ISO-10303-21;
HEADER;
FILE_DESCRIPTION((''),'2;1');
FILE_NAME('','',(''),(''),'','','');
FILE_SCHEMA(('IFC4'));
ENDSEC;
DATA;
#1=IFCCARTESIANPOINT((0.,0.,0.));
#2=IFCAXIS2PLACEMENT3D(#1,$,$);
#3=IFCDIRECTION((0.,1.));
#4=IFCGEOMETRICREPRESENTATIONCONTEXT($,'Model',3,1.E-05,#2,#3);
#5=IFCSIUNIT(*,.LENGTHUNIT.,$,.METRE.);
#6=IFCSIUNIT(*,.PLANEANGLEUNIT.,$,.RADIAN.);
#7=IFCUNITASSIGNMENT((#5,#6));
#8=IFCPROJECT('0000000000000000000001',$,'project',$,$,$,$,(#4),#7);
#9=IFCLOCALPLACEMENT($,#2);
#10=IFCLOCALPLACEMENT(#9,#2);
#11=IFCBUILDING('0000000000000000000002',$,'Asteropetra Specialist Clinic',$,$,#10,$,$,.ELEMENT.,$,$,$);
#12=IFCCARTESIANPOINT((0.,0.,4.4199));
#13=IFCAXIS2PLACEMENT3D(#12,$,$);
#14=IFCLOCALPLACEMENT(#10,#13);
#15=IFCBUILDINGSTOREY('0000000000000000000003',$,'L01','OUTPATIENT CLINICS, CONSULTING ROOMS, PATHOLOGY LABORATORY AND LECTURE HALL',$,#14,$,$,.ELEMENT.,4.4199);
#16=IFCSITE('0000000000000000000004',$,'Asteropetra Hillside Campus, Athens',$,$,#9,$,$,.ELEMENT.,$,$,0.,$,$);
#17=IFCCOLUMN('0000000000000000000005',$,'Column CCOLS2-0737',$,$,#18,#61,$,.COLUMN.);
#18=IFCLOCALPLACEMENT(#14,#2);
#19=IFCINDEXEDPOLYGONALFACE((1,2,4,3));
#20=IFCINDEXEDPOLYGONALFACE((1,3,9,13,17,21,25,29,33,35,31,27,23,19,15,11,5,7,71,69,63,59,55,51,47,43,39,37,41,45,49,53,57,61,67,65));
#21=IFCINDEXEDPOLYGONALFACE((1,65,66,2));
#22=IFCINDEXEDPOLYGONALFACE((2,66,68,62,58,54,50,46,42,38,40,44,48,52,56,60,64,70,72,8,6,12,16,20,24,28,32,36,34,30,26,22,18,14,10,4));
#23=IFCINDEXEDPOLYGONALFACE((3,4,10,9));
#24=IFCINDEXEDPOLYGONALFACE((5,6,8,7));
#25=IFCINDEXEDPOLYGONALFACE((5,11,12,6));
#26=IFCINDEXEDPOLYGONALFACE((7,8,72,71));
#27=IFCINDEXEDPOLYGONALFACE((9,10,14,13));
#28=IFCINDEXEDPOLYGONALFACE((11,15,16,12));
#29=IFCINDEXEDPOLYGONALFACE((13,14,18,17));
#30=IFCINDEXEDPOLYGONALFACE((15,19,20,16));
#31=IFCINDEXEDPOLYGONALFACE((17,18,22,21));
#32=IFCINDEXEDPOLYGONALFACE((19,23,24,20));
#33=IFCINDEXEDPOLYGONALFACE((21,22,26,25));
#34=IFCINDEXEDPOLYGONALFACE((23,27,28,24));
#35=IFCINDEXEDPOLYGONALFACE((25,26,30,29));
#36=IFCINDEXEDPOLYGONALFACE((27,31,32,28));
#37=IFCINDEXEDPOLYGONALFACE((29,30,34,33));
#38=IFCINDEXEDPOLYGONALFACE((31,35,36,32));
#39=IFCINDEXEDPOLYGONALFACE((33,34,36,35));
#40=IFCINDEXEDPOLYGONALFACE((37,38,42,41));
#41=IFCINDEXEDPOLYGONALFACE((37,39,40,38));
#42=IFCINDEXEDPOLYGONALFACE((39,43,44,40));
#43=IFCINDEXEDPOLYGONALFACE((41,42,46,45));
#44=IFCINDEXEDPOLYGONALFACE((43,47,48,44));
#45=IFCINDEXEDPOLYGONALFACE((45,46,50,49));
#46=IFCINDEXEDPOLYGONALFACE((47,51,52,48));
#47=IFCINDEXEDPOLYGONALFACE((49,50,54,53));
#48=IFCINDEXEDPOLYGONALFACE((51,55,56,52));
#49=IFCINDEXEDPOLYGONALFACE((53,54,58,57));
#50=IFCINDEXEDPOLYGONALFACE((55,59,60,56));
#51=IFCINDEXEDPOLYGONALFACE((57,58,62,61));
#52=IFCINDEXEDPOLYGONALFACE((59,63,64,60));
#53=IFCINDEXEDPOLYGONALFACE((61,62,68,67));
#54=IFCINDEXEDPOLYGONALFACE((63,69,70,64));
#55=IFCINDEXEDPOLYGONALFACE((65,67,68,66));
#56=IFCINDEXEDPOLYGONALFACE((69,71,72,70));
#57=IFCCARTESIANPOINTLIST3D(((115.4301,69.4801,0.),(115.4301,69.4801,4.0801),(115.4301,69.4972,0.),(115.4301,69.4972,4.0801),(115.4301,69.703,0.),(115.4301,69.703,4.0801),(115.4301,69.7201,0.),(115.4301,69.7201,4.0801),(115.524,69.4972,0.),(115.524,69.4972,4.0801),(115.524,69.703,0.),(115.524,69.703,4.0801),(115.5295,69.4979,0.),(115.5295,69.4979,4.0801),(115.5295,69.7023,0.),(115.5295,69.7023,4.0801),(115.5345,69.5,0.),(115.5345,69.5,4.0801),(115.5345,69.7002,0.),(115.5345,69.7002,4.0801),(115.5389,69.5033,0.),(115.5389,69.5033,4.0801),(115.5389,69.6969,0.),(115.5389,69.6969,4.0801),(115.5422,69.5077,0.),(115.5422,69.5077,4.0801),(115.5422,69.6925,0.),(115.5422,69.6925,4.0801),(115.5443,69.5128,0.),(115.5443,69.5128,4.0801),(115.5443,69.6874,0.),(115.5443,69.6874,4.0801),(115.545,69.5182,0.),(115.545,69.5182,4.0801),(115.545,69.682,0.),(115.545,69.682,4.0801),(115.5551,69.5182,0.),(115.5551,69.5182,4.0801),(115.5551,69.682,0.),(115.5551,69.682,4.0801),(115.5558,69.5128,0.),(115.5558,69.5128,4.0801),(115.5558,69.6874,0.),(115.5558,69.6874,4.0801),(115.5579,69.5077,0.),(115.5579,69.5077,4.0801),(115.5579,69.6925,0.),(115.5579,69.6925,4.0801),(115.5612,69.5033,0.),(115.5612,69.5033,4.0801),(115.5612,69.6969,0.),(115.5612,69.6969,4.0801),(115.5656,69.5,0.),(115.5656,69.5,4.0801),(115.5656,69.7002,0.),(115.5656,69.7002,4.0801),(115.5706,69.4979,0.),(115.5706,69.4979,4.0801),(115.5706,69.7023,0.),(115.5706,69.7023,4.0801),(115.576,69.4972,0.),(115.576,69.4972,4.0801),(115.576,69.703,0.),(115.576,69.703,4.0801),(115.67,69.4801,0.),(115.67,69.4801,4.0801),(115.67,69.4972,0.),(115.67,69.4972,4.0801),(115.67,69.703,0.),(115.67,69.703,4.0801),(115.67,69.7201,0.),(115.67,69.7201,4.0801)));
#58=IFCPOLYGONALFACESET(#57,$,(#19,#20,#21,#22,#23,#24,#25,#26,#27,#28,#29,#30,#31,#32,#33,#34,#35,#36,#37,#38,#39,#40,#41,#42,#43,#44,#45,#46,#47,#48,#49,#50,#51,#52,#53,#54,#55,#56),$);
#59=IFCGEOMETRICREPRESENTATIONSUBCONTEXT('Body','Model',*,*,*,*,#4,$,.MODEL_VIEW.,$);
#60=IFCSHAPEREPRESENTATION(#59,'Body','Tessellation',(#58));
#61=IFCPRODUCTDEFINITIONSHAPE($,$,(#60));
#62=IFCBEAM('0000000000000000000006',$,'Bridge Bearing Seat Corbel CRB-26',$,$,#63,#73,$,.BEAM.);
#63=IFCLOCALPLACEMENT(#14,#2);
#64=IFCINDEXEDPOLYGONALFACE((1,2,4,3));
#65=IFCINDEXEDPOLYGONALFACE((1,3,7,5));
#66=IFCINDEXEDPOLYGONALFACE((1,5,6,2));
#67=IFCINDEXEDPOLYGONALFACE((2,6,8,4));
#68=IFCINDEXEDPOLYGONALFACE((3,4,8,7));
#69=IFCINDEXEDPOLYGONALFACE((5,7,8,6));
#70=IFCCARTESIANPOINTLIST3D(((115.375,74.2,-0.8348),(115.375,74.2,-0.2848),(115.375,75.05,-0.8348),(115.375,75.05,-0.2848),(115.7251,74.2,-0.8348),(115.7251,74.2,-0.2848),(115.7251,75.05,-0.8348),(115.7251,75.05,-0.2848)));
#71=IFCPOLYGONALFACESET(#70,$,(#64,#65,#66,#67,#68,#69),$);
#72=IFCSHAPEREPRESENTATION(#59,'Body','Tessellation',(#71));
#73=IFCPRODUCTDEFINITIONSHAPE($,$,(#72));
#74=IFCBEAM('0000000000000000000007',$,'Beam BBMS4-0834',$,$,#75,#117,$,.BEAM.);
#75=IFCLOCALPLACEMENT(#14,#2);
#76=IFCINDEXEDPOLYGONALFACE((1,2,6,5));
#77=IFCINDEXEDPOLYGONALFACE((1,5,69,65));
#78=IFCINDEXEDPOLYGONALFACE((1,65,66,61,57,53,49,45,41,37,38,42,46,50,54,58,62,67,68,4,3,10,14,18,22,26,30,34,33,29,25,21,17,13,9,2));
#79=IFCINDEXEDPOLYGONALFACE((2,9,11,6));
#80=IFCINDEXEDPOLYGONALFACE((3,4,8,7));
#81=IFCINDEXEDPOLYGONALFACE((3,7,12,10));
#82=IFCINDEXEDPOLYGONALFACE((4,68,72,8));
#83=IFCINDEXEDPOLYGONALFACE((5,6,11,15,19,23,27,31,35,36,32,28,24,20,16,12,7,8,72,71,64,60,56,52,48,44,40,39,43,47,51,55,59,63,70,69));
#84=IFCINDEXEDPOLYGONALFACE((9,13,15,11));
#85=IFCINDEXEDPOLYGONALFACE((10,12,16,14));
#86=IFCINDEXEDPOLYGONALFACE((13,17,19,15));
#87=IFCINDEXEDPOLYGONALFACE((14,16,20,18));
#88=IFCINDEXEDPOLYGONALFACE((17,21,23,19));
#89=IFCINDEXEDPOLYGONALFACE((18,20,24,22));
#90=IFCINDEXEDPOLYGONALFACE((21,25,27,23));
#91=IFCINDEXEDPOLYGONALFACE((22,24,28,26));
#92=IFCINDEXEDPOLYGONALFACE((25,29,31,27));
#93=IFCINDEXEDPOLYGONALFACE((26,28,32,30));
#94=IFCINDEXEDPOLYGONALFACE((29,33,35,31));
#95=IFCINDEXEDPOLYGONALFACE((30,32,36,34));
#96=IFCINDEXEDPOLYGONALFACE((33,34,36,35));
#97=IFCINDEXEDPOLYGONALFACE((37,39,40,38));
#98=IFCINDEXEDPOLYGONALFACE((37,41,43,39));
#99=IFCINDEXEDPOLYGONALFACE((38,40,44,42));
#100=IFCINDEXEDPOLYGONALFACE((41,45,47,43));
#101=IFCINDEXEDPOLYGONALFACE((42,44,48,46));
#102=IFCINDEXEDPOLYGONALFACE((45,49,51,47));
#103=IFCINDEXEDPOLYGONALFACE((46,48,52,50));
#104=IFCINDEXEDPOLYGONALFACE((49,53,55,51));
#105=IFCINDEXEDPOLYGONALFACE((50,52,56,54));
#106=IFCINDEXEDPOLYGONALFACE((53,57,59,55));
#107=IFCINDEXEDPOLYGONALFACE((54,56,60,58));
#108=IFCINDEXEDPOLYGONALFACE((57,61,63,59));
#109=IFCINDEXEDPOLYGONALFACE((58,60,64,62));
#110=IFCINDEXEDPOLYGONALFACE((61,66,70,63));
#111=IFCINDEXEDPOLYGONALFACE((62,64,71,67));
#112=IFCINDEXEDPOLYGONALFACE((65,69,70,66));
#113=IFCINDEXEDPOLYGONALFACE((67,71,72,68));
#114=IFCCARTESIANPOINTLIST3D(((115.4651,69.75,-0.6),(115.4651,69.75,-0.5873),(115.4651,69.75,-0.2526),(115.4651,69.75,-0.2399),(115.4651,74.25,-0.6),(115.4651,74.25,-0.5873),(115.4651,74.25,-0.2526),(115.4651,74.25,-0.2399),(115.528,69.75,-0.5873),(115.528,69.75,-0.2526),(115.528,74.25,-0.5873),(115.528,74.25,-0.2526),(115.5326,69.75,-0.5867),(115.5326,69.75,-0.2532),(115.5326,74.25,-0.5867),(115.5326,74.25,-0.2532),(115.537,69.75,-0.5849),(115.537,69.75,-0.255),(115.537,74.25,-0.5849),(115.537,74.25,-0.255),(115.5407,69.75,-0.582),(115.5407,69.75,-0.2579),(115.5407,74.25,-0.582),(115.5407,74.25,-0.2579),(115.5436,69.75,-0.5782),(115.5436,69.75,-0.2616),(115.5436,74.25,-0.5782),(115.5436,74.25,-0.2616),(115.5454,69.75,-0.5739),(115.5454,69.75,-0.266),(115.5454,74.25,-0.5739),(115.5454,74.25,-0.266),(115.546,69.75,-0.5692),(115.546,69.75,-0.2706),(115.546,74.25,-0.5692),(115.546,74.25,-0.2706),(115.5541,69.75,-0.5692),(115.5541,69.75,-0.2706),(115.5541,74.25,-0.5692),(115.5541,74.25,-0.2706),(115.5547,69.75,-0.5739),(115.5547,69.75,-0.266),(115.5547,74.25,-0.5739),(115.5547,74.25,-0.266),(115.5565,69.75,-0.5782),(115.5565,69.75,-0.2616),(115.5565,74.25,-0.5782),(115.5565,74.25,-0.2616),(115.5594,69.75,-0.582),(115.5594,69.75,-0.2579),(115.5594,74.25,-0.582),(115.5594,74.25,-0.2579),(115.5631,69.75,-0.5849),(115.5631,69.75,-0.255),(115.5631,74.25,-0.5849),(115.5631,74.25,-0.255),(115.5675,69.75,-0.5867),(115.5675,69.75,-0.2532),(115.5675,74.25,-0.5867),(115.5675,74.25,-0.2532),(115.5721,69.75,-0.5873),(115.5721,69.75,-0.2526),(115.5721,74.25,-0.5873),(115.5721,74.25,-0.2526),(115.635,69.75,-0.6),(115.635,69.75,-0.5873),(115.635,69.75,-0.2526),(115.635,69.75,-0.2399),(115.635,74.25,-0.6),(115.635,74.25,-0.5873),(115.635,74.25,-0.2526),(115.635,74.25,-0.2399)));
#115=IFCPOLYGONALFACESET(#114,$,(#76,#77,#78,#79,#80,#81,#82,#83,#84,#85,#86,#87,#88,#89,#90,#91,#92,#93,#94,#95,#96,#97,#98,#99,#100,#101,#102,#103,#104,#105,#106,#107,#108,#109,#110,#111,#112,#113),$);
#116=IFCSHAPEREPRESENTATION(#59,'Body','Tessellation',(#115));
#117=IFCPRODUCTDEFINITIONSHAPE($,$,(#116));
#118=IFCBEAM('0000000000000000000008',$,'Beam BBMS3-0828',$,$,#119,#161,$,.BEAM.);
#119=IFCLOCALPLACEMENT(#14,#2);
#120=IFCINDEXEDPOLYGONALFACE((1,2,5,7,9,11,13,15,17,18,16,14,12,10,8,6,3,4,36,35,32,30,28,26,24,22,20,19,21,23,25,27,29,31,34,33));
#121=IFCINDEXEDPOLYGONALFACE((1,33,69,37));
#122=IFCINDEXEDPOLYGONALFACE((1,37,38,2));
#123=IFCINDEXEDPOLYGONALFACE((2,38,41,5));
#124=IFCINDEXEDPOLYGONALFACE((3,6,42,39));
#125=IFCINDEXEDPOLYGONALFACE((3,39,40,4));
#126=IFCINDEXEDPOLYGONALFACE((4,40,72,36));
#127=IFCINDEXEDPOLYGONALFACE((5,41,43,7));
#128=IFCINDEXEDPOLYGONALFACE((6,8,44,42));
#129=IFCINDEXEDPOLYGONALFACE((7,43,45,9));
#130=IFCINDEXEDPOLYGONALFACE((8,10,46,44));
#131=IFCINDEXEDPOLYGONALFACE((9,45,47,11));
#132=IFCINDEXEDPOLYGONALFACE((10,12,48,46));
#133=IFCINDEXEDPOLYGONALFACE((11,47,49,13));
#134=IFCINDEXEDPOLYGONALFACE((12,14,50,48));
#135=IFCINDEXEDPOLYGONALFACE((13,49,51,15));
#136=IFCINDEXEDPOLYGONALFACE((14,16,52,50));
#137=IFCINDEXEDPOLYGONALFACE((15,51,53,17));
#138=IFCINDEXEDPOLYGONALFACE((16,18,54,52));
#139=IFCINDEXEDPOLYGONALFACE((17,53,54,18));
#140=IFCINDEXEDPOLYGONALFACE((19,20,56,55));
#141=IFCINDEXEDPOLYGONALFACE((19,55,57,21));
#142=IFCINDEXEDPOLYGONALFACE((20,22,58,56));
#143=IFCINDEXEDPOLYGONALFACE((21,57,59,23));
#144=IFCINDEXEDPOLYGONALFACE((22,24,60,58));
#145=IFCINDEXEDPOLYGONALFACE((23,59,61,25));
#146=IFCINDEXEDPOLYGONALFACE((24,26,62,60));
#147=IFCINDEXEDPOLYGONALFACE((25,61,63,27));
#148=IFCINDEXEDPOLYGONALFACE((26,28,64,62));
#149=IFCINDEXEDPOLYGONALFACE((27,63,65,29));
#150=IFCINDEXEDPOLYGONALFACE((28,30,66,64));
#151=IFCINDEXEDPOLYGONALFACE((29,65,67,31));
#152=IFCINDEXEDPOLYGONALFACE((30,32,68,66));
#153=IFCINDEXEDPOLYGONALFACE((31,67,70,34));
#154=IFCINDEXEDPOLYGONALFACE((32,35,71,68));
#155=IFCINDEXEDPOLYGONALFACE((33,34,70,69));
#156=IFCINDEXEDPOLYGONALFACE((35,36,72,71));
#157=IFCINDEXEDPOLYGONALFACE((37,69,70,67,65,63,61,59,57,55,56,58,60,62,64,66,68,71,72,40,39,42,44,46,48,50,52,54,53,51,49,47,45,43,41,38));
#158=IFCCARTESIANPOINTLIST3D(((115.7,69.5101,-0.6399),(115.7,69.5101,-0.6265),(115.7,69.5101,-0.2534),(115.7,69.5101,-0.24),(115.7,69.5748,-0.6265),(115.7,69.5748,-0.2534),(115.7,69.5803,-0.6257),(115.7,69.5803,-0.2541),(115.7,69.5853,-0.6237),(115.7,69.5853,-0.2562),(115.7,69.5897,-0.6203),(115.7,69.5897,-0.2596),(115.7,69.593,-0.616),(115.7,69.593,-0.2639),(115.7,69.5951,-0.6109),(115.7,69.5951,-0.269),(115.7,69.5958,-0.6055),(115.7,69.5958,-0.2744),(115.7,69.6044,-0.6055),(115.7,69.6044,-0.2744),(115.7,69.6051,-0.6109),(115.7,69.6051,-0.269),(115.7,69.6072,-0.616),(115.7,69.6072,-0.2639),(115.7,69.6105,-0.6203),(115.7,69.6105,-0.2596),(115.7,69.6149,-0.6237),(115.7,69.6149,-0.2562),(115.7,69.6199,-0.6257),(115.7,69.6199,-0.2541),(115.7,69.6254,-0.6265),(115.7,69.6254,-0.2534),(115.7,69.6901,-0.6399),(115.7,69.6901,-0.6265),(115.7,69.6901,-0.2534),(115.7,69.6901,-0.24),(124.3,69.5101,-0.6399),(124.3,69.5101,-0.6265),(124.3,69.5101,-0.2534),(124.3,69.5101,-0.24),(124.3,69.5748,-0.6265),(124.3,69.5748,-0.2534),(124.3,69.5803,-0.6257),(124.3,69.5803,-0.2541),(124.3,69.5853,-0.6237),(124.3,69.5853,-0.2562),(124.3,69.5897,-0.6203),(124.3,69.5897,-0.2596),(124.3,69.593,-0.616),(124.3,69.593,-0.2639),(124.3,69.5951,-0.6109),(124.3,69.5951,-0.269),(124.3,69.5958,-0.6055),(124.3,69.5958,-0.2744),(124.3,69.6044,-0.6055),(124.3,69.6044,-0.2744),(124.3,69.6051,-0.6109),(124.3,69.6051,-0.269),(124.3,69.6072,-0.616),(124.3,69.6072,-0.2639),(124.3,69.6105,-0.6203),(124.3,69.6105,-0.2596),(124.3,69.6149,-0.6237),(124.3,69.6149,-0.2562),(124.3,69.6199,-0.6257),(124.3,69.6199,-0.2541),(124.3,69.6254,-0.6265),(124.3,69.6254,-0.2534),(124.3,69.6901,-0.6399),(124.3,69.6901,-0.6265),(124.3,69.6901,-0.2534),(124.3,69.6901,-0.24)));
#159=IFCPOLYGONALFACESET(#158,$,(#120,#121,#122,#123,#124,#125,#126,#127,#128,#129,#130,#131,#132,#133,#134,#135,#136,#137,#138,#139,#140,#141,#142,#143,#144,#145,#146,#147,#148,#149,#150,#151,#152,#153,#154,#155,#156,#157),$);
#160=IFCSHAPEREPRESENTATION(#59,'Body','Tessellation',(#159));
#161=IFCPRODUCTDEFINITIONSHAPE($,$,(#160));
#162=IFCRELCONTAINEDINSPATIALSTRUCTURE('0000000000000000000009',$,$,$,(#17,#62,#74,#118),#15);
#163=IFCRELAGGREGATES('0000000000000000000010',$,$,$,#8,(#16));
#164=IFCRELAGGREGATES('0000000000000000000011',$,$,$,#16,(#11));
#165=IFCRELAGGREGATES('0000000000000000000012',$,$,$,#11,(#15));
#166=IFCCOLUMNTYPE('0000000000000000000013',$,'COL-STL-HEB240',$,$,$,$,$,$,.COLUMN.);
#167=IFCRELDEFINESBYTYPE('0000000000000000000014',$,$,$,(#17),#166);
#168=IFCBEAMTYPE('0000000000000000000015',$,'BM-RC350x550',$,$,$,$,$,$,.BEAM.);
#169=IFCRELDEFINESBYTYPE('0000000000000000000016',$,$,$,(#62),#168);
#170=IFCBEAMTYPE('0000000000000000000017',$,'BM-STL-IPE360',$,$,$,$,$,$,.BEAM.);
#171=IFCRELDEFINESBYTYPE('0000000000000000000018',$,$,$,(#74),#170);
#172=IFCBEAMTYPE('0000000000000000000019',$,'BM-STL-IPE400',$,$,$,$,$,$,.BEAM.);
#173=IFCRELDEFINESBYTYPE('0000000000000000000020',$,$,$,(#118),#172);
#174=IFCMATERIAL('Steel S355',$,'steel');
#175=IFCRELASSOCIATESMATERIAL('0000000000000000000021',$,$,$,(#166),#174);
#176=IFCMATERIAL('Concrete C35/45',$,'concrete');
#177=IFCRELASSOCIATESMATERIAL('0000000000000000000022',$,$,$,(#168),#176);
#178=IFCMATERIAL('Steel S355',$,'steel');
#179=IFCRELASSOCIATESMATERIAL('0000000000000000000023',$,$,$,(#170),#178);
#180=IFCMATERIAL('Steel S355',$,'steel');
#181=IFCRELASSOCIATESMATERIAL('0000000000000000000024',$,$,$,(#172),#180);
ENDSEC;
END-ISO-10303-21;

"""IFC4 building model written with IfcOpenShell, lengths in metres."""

from ifc_helpers import new_model, si_unit, direction, frame, origin, origin_2d, place, context, subcontext, project, spatial, rectangle, i_section, extrude, material, material_profile, profile_set, type_object, element, save


model = new_model("IFC4")

# Units and contexts
model_context = context("Model", 3, precision=1e-05, world=origin(), true_north=direction((0.0, 1.0)))
body_context = subcontext(model_context, "Body", "Model", "MODEL_VIEW")
ifc_project = project(units=[si_unit("LENGTHUNIT", "METRE"), si_unit("PLANEANGLEUNIT", "RADIAN")], contexts=[model_context])

# Site, building, storey
site_placement = place(None, origin())
site = spatial("IfcSite", under=ifc_project, at=site_placement, Name="Asteropetra Hillside Campus, Athens", CompositionType="ELEMENT", RefElevation=0.0)
building_placement = place(site_placement, origin())
building = spatial("IfcBuilding", under=site, at=building_placement, Name="Asteropetra Specialist Clinic", CompositionType="ELEMENT")
storey_placement = place(building_placement, frame((0.0, 0.0, 4.4199)))
storey = spatial("IfcBuildingStorey", under=building, at=storey_placement, Name="L01", Description="OUTPATIENT CLINICS, CONSULTING ROOMS, PATHOLOGY LABORATORY AND LECTURE HALL", CompositionType="ELEMENT", Elevation=4.4199)

# Column
ifc_material_1 = material(Name="Steel S355", Category="steel")
ifc_material_profile_1 = material_profile(ifc_material_1, i_section(OverallWidth=0.24, OverallDepth=0.24, WebThickness=0.01, FlangeThickness=0.0171, FilletRadius=0.021, at=origin_2d()), Name="HEB 240")
ifc_profile_set_1 = profile_set([ifc_material_profile_1], Name="Steel S355")
column_type = type_object("IfcColumnType", Name="COL-STL-HEB240", PredefinedType="COLUMN", material=ifc_profile_set_1)
column_placement = place(storey_placement, frame((115.55, 69.6001, 0.0), z_axis=(0.0, 0.0, 1.0), x_axis=(1.0, 0.0, 0.0)))
element("IfcColumn", 1, at=column_placement, inside=storey, type_object=column_type, Name="Column CCOLS2-0737", PredefinedType="COLUMN", context=body_context, shape_type="SweptSolid", body=[
    extrude(i_section(OverallWidth=0.24, OverallDepth=0.24, WebThickness=0.01, FlangeThickness=0.0171, FilletRadius=0.021, at=origin_2d()), origin(), (0.0, 0.0, 1.0), 4.0801),
])

# Beams
ifc_material_2 = material(Name="Concrete C35/45", Category="concrete")
ifc_material_profile_2 = material_profile(ifc_material_2, rectangle(XDim=0.3501, YDim=0.55, at=origin_2d()), Name="RCB 350x550")
ifc_profile_set_2 = profile_set([ifc_material_profile_2], Name="Concrete C35/45")
beam_type_1 = type_object("IfcBeamType", Name="BM-RC350x550", PredefinedType="BEAM", material=ifc_profile_set_2)
beam_1_placement = place(storey_placement, frame((115.55, 74.2, -0.5598), z_axis=(0.0, 1.0, 0.0), x_axis=(-1.0, 0.0, 0.0)))
element("IfcBeam", 2, at=beam_1_placement, inside=storey, type_object=beam_type_1, Name="Bridge Bearing Seat Corbel CRB-26", PredefinedType="BEAM", context=body_context, shape_type="SweptSolid", body=[
    extrude(rectangle(XDim=0.3501, YDim=0.55, at=origin_2d()), origin(), (0.0, 0.0, 1.0), 0.8501),
])
ifc_material_3 = material(Name="Steel S355", Category="steel")
ifc_material_profile_3 = material_profile(ifc_material_3, i_section(OverallWidth=0.1699, OverallDepth=0.3601, WebThickness=0.0081, FlangeThickness=0.0127, FilletRadius=0.0181, at=origin_2d()), Name="IPE 360")
ifc_profile_set_3 = profile_set([ifc_material_profile_3], Name="Steel S355")
beam_type_2 = type_object("IfcBeamType", Name="BM-STL-IPE360", PredefinedType="BEAM", material=ifc_profile_set_3)
beam_2_placement = place(storey_placement, frame((115.55, 69.75, -0.4199), z_axis=(0.0, 1.0, 0.0), x_axis=(-1.0, 0.0, 0.0)))
element("IfcBeam", 3, at=beam_2_placement, inside=storey, type_object=beam_type_2, Name="Beam BBMS4-0834", PredefinedType="BEAM", context=body_context, shape_type="SweptSolid", body=[
    extrude(i_section(OverallWidth=0.1699, OverallDepth=0.3601, WebThickness=0.0081, FlangeThickness=0.0127, FilletRadius=0.0181, at=origin_2d()), origin(), (0.0, 0.0, 1.0), 4.5),
])
ifc_material_4 = material(Name="Steel S355", Category="steel")
ifc_material_profile_4 = material_profile(ifc_material_4, i_section(OverallWidth=0.1799, OverallDepth=0.3999, WebThickness=0.0085, FlangeThickness=0.0134, FilletRadius=0.021, at=origin_2d()), Name="IPE 400")
ifc_profile_set_4 = profile_set([ifc_material_profile_4], Name="Steel S355")
beam_type_3 = type_object("IfcBeamType", Name="BM-STL-IPE400", PredefinedType="BEAM", material=ifc_profile_set_4)
beam_3_placement = place(storey_placement, frame((115.7, 69.6001, -0.4399), z_axis=(1.0, 0.0, 0.0), x_axis=(0.0, 1.0, 0.0)))
element("IfcBeam", 4, at=beam_3_placement, inside=storey, type_object=beam_type_3, Name="Beam BBMS3-0828", PredefinedType="BEAM", context=body_context, shape_type="SweptSolid", body=[
    extrude(i_section(OverallWidth=0.1799, OverallDepth=0.3999, WebThickness=0.0085, FlangeThickness=0.0134, FilletRadius=0.021, at=origin_2d()), origin(), (0.0, 0.0, 1.0), 8.6001),
])

save(model, "model.ifc")
